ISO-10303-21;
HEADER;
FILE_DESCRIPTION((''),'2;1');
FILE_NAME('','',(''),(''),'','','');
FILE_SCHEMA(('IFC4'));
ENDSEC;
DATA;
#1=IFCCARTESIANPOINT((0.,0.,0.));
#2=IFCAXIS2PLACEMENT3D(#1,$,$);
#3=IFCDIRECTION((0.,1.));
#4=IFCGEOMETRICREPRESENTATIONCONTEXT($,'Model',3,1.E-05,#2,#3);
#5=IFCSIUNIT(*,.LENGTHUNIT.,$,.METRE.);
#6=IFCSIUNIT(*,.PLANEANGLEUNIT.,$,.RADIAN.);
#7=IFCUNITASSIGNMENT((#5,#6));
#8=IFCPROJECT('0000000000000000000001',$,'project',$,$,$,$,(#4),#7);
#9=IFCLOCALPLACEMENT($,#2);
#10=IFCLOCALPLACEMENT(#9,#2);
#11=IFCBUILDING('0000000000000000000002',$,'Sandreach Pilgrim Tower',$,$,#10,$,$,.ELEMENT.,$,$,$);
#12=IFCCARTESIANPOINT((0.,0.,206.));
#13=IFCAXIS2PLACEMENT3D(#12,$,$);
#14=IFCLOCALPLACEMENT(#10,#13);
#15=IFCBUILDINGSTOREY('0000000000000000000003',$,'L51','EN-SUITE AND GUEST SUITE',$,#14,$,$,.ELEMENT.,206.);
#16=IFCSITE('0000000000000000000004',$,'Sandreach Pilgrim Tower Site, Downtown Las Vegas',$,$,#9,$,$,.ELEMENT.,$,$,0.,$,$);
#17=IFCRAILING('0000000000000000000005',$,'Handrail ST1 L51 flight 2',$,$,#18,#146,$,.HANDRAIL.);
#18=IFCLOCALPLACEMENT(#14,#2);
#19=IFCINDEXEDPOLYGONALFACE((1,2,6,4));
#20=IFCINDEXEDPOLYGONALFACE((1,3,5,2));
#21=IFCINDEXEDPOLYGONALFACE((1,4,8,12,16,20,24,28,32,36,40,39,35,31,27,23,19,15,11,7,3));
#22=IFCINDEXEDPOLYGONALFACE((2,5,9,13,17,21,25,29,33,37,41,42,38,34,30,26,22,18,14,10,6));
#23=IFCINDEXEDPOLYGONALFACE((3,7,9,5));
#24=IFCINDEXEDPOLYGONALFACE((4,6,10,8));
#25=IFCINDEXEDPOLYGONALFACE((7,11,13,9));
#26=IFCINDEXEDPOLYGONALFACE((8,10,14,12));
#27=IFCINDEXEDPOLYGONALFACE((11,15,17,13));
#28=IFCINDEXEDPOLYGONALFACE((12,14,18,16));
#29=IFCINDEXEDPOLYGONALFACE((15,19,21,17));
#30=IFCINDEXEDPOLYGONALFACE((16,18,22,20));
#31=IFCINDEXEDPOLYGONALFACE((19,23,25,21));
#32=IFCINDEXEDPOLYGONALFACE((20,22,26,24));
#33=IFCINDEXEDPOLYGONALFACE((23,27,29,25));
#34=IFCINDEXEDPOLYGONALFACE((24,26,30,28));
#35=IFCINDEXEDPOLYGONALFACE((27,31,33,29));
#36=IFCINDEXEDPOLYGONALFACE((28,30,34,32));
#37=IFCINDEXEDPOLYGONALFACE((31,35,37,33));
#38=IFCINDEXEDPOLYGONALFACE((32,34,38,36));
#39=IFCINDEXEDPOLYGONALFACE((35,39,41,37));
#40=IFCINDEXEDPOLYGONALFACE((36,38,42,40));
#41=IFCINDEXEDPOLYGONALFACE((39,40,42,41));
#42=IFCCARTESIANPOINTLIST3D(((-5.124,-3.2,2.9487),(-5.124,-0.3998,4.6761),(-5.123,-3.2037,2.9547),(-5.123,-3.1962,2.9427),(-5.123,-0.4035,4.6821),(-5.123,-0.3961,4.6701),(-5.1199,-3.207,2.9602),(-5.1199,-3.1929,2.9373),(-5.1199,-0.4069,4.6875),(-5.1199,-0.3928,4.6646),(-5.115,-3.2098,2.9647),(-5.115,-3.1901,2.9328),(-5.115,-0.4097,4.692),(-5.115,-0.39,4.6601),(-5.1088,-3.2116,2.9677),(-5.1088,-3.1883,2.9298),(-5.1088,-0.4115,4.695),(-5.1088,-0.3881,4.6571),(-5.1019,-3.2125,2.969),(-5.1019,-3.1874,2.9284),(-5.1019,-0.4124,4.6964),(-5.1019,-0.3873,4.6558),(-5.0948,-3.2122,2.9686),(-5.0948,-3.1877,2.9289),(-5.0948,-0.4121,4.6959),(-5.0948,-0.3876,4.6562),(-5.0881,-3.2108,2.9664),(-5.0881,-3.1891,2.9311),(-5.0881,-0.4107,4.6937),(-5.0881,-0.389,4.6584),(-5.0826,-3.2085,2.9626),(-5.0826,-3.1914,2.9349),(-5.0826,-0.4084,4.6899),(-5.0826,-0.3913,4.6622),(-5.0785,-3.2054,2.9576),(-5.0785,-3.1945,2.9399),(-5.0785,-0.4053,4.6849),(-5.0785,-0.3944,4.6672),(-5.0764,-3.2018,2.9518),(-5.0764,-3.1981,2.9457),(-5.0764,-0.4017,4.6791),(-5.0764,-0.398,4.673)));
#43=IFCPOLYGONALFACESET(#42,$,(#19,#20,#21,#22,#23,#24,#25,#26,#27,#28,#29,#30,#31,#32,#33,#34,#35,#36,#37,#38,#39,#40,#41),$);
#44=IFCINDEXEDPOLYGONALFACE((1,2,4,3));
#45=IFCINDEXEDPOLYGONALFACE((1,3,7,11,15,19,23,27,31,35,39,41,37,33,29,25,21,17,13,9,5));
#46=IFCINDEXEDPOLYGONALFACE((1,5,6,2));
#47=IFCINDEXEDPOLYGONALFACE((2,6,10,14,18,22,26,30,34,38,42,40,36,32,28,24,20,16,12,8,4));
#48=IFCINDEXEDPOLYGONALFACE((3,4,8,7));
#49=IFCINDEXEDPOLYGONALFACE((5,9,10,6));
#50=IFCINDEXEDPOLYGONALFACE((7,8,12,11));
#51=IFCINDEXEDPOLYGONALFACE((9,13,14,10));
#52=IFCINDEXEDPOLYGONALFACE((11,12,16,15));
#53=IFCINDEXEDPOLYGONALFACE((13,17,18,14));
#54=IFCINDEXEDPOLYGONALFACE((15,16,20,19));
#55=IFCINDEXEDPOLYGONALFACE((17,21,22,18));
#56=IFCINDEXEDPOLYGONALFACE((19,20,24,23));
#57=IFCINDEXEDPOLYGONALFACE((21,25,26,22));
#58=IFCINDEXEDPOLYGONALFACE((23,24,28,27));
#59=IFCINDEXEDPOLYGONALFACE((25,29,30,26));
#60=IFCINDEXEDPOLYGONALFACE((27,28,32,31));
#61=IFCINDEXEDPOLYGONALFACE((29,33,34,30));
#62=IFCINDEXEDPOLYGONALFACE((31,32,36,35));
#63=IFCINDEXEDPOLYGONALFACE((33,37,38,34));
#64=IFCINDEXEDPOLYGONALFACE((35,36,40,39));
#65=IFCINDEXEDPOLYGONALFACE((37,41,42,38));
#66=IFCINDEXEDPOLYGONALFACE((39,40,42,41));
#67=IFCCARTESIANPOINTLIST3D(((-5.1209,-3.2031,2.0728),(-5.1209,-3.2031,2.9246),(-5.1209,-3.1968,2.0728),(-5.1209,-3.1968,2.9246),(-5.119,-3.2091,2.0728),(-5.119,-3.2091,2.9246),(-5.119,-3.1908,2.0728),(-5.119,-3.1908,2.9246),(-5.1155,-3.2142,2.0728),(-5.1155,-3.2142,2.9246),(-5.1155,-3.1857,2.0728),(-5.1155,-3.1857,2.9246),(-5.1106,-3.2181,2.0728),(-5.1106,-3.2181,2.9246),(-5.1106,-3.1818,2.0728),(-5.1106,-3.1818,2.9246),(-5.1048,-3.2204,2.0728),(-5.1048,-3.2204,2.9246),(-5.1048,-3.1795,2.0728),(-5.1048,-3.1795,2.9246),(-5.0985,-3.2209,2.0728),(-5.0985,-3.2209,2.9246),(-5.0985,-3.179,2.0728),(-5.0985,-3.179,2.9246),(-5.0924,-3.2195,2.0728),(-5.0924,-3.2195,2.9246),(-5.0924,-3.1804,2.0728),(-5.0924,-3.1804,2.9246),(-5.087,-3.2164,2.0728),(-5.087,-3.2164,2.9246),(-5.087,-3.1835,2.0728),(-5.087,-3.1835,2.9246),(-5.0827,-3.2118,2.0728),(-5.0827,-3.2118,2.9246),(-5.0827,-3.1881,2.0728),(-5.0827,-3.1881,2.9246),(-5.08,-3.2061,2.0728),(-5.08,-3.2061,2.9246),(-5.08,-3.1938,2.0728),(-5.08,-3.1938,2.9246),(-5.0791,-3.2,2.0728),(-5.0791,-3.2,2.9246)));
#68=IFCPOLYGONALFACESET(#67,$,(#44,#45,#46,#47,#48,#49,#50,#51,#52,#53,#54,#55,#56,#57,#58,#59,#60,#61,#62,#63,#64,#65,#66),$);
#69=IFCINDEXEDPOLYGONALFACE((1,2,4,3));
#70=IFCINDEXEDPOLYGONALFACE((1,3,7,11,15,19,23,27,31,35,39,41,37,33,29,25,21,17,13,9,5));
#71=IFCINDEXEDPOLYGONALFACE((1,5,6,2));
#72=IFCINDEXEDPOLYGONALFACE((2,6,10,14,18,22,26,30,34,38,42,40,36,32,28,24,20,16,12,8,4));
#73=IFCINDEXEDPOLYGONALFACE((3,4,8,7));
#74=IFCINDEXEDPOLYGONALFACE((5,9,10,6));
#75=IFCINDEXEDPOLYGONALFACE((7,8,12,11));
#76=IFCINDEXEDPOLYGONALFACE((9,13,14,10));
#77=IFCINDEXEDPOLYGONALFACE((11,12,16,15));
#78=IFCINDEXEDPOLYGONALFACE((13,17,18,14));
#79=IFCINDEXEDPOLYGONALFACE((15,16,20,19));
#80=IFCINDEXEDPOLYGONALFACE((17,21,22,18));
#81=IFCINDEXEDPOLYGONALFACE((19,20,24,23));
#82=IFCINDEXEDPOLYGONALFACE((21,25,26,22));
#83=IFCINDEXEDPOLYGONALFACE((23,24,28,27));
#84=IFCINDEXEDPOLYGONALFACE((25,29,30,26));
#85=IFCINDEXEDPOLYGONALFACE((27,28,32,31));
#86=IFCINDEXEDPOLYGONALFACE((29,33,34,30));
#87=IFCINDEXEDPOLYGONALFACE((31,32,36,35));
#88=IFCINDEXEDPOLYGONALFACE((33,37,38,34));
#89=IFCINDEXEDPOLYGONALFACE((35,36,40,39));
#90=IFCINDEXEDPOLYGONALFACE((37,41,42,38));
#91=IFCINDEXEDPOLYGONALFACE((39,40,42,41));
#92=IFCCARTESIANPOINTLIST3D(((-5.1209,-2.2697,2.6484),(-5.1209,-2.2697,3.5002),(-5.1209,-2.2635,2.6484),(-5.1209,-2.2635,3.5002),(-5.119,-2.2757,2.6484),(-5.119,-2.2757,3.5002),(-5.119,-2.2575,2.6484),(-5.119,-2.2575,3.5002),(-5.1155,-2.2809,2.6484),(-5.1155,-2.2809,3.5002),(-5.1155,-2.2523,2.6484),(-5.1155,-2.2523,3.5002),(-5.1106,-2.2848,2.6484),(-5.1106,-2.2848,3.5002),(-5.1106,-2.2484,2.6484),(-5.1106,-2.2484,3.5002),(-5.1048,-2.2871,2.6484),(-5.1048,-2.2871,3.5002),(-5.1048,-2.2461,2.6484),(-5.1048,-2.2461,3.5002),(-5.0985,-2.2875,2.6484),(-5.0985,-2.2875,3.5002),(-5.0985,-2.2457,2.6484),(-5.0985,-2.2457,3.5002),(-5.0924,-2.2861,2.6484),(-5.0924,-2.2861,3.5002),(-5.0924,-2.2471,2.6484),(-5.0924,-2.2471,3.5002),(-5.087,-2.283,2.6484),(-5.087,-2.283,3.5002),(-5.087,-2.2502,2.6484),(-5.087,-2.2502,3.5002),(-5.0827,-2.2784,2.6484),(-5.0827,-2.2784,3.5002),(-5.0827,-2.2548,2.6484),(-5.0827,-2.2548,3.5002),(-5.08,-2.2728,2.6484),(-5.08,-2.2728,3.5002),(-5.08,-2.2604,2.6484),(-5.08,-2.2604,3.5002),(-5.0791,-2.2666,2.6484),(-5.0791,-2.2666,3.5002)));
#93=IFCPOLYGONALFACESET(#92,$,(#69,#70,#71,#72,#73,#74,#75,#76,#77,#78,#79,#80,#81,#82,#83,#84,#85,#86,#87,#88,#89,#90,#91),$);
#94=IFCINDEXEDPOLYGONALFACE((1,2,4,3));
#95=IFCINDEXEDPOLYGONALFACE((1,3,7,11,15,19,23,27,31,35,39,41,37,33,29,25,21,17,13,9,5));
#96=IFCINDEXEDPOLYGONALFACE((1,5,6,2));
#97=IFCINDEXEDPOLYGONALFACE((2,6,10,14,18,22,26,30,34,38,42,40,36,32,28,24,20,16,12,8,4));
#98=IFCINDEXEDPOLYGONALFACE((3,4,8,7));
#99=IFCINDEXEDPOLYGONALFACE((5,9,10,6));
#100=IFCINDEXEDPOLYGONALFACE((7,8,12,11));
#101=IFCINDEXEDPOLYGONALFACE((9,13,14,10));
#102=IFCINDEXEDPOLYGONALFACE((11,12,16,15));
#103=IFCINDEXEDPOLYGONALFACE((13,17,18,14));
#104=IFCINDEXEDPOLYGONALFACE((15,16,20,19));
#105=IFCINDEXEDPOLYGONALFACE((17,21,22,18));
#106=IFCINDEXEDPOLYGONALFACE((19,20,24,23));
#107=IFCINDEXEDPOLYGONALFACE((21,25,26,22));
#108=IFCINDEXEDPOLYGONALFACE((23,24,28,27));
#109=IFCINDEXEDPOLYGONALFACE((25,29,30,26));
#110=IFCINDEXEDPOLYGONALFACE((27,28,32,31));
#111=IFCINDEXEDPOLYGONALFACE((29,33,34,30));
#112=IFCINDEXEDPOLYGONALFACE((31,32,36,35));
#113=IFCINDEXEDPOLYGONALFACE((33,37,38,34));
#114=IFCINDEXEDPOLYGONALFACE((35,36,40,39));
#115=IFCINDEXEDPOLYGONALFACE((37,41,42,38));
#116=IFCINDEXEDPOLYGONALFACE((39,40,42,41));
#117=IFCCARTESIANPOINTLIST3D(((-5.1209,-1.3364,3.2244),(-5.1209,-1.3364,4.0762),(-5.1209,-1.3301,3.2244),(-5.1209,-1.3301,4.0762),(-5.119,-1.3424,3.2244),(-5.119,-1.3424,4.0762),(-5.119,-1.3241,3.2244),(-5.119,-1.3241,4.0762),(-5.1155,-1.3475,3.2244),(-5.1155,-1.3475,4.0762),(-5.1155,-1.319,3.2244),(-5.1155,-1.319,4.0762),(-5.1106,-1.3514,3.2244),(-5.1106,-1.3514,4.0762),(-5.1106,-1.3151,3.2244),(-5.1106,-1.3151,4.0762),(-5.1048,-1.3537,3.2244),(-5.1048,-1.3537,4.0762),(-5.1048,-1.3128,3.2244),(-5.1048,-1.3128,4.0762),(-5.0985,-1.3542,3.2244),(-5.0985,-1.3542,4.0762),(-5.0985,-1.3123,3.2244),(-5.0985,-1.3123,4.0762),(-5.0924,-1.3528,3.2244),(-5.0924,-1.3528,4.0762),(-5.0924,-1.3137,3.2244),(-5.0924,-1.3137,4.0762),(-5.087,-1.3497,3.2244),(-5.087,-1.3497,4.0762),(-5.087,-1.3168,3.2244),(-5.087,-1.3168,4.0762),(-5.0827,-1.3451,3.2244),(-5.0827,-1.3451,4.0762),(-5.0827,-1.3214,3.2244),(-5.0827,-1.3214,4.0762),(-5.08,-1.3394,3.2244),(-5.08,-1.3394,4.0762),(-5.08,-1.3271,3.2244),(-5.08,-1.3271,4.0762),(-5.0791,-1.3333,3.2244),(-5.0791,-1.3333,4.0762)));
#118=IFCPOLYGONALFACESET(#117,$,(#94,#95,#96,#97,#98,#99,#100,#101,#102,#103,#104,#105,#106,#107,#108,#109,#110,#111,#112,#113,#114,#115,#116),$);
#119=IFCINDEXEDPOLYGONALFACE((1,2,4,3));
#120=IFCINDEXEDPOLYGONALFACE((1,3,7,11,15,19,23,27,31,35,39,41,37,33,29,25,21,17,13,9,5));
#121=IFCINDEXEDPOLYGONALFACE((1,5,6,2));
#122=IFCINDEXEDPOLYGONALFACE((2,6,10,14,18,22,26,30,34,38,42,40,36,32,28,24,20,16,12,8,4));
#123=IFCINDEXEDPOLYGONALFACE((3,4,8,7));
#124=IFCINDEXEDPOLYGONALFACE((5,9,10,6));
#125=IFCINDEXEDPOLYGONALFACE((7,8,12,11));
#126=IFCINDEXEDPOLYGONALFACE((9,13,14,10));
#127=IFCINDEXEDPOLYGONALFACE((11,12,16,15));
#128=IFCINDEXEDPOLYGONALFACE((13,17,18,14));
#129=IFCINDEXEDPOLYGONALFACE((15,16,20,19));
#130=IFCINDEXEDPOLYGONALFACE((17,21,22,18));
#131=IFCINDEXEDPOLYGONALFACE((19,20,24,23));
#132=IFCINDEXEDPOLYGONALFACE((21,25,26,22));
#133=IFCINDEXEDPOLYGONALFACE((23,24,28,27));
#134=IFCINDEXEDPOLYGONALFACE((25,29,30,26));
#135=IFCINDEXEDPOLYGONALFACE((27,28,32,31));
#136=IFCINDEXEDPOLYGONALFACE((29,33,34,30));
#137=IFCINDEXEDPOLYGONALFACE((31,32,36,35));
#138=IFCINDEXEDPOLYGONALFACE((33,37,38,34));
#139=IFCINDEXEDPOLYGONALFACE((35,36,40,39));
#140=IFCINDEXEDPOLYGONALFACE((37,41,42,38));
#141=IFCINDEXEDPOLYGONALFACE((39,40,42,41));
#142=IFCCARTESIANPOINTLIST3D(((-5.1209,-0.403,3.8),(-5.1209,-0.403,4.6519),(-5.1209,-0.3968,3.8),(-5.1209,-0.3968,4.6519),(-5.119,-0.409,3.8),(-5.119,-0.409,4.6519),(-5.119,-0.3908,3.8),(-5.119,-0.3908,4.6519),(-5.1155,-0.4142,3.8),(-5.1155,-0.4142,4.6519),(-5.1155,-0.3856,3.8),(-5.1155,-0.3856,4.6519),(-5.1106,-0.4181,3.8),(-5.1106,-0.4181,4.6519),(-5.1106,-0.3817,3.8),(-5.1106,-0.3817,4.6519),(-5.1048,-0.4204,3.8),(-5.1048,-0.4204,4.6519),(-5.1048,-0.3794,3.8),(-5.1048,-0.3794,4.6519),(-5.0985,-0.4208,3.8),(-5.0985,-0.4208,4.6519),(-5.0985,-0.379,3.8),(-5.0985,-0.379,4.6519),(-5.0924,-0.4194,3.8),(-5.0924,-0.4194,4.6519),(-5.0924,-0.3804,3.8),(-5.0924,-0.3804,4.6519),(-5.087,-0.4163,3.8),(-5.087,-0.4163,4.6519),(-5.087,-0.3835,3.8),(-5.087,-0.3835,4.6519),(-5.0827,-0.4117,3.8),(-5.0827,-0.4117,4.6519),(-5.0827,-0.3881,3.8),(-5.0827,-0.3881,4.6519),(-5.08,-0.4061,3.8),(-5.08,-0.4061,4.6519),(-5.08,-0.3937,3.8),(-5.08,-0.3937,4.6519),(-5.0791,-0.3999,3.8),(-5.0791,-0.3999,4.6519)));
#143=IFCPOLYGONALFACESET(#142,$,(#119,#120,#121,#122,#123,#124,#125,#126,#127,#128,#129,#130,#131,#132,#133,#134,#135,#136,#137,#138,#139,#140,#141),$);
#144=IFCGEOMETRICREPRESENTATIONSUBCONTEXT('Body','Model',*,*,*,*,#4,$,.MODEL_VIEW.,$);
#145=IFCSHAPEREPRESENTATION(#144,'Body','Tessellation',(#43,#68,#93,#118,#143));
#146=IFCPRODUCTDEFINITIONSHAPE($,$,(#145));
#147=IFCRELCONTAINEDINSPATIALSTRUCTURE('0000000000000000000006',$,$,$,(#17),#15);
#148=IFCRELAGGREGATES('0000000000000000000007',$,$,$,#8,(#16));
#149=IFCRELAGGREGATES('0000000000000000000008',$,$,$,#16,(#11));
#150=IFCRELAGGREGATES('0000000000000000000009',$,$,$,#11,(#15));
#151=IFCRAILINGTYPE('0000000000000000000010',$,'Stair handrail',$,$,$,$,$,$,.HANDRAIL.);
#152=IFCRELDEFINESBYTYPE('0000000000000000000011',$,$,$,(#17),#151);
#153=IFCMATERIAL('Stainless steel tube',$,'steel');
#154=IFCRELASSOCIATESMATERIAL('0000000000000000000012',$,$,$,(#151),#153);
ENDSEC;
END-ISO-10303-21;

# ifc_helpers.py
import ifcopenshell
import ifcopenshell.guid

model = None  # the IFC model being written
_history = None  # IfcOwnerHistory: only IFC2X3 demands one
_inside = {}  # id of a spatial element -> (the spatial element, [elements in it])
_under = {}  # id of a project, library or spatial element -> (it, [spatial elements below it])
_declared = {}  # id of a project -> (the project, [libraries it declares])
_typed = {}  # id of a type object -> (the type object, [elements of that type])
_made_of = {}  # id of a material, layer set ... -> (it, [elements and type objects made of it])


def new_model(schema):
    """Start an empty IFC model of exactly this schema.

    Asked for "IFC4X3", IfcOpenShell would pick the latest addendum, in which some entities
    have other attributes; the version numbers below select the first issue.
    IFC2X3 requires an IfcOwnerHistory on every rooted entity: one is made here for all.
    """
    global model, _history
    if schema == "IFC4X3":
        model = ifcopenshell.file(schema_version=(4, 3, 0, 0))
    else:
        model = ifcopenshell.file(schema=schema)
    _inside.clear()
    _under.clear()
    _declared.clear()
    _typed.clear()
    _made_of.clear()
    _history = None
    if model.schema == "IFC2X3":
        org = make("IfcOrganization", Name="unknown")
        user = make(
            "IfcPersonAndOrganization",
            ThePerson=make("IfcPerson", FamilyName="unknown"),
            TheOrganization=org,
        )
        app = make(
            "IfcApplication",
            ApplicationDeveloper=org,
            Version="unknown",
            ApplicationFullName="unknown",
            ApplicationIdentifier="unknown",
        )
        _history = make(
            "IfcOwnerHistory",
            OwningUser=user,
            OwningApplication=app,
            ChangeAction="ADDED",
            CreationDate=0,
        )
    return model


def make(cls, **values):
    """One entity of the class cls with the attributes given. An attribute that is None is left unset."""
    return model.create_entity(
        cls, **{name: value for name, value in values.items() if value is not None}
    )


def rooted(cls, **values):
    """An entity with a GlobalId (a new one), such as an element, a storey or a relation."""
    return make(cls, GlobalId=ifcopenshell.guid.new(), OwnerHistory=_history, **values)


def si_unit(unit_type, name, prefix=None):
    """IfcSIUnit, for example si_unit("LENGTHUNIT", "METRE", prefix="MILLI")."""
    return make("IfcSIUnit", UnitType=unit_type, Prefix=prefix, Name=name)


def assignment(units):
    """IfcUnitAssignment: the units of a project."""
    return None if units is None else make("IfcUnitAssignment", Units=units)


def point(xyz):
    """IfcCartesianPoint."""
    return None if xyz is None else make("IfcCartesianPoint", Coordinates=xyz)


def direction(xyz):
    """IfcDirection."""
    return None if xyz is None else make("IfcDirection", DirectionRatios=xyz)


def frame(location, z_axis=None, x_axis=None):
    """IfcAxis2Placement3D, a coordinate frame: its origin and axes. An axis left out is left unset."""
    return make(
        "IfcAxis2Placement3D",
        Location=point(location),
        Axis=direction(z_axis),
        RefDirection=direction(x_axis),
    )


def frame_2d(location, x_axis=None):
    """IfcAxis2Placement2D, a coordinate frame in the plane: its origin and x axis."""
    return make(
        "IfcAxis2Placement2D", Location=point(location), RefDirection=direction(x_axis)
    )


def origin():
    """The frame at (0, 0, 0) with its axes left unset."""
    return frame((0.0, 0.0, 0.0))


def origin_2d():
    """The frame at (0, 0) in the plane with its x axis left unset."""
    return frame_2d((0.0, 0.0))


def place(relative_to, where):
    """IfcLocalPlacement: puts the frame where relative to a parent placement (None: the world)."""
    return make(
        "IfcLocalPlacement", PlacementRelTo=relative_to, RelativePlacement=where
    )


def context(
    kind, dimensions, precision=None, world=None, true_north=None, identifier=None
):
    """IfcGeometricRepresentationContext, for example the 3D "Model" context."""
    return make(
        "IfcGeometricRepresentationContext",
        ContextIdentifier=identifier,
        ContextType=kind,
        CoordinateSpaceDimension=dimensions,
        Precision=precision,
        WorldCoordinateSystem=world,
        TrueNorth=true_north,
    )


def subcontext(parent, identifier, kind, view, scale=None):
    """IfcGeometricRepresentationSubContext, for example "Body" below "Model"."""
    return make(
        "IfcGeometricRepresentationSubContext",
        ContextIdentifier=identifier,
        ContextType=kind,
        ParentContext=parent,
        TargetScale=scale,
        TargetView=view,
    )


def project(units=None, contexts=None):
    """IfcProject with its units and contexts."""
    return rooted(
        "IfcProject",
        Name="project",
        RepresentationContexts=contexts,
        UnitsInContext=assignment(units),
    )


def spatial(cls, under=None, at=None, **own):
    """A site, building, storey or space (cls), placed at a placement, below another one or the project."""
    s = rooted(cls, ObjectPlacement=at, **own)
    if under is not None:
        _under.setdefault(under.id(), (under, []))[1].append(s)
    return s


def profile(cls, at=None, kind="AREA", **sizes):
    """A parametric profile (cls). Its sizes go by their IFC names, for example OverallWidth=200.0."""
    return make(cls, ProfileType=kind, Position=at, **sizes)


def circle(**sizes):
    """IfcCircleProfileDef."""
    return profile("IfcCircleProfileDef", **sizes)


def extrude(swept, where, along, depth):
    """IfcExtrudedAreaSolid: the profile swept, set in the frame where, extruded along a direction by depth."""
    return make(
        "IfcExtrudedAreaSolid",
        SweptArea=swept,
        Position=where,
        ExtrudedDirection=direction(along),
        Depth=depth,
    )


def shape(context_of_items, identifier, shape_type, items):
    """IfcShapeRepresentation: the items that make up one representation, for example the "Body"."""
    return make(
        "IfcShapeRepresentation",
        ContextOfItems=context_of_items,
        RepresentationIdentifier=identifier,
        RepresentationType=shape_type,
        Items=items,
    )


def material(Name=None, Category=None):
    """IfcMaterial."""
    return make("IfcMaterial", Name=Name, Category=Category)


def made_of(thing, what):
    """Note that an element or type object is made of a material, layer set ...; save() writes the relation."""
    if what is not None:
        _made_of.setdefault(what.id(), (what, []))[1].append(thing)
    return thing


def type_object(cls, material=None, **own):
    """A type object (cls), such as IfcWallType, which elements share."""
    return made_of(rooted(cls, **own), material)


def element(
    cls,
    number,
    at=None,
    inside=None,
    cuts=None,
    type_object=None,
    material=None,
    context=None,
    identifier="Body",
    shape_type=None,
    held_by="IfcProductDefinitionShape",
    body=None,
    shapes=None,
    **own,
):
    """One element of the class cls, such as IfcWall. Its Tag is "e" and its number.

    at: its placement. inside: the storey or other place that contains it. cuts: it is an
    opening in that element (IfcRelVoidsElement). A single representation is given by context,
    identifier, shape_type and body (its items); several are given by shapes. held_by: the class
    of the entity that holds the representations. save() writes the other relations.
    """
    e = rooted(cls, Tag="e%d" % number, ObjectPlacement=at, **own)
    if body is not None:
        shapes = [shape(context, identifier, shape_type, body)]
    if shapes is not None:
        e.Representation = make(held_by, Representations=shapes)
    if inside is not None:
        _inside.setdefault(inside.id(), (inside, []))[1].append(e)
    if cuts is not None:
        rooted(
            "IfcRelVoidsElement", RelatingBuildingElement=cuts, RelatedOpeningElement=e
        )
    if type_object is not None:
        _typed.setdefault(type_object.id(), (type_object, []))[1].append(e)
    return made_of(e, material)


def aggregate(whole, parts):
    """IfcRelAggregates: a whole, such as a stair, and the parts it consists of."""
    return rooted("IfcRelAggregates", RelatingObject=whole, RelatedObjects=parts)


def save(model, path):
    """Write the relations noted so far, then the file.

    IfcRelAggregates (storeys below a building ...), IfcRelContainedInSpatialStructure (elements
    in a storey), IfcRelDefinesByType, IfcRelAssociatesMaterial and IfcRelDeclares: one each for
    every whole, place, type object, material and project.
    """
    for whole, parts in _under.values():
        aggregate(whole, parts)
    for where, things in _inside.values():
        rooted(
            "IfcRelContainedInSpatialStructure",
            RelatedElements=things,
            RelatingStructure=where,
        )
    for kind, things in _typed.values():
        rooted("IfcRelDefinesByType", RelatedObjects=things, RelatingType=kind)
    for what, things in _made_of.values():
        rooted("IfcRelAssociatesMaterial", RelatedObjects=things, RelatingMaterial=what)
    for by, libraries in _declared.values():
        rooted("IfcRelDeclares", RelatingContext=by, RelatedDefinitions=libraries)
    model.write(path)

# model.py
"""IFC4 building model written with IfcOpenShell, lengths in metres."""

from ifc_helpers import new_model, si_unit, direction, frame, origin, origin_2d, place, context, subcontext, project, spatial, circle, extrude, material, type_object, element, save


model = new_model("IFC4")

# Units and contexts
model_context = context("Model", 3, precision=1e-05, world=origin(), true_north=direction((0.0, 1.0)))
body_context = subcontext(model_context, "Body", "Model", "MODEL_VIEW")
ifc_project = project(units=[si_unit("LENGTHUNIT", "METRE"), si_unit("PLANEANGLEUNIT", "RADIAN")], contexts=[model_context])

# Site, building, storey
site_placement = place(None, origin())
site = spatial("IfcSite", under=ifc_project, at=site_placement, Name="Sandreach Pilgrim Tower Site, Downtown Las Vegas", CompositionType="ELEMENT", RefElevation=0.0)
building_placement = place(site_placement, origin())
building = spatial("IfcBuilding", under=site, at=building_placement, Name="Sandreach Pilgrim Tower", CompositionType="ELEMENT")
storey_placement = place(building_placement, frame((0.0, 0.0, 206.0)))
storey = spatial("IfcBuildingStorey", under=building, at=storey_placement, Name="L51", Description="EN-SUITE AND GUEST SUITE", CompositionType="ELEMENT", Elevation=206.0)

# Railing
ifc_material_1 = material(Name="Stainless steel tube", Category="steel")
railing_type = type_object("IfcRailingType", Name="Stair handrail", PredefinedType="HANDRAIL", material=ifc_material_1)
for number, where, name in (
    (1, (-5.1001, -3.2, 2.0728), "Handrail ST1 L51 flight 2"),
):
    element("IfcRailing", number, at=place(storey_placement, frame(where)), inside=storey, type_object=railing_type, Name=name, PredefinedType="HANDRAIL", context=body_context, shape_type="SweptSolid", body=[
        extrude(circle(Radius=0.0239, at=origin_2d()), frame((0.0, 0.0, 0.876), z_axis=(0.0, 0.85109, 0.52502), x_axis=(-1.0, 0.0, 0.0)), (0.0, 0.0, 1.0), 3.29),
        extrude(circle(Radius=0.021, at=origin_2d()), origin(), (0.0, 0.0, 1.0), 0.8518),
        extrude(circle(Radius=0.021, at=origin_2d()), frame((0.0, 0.9333, 0.5757)), (0.0, 0.0, 1.0), 0.8518),
        extrude(circle(Radius=0.021, at=origin_2d()), frame((0.0, 1.8667, 1.1516)), (0.0, 0.0, 1.0), 0.8518),
        extrude(circle(Radius=0.021, at=origin_2d()), frame((0.0, 2.8, 1.7273)), (0.0, 0.0, 1.0), 0.8518),
    ])

save(model, "model.ifc")
